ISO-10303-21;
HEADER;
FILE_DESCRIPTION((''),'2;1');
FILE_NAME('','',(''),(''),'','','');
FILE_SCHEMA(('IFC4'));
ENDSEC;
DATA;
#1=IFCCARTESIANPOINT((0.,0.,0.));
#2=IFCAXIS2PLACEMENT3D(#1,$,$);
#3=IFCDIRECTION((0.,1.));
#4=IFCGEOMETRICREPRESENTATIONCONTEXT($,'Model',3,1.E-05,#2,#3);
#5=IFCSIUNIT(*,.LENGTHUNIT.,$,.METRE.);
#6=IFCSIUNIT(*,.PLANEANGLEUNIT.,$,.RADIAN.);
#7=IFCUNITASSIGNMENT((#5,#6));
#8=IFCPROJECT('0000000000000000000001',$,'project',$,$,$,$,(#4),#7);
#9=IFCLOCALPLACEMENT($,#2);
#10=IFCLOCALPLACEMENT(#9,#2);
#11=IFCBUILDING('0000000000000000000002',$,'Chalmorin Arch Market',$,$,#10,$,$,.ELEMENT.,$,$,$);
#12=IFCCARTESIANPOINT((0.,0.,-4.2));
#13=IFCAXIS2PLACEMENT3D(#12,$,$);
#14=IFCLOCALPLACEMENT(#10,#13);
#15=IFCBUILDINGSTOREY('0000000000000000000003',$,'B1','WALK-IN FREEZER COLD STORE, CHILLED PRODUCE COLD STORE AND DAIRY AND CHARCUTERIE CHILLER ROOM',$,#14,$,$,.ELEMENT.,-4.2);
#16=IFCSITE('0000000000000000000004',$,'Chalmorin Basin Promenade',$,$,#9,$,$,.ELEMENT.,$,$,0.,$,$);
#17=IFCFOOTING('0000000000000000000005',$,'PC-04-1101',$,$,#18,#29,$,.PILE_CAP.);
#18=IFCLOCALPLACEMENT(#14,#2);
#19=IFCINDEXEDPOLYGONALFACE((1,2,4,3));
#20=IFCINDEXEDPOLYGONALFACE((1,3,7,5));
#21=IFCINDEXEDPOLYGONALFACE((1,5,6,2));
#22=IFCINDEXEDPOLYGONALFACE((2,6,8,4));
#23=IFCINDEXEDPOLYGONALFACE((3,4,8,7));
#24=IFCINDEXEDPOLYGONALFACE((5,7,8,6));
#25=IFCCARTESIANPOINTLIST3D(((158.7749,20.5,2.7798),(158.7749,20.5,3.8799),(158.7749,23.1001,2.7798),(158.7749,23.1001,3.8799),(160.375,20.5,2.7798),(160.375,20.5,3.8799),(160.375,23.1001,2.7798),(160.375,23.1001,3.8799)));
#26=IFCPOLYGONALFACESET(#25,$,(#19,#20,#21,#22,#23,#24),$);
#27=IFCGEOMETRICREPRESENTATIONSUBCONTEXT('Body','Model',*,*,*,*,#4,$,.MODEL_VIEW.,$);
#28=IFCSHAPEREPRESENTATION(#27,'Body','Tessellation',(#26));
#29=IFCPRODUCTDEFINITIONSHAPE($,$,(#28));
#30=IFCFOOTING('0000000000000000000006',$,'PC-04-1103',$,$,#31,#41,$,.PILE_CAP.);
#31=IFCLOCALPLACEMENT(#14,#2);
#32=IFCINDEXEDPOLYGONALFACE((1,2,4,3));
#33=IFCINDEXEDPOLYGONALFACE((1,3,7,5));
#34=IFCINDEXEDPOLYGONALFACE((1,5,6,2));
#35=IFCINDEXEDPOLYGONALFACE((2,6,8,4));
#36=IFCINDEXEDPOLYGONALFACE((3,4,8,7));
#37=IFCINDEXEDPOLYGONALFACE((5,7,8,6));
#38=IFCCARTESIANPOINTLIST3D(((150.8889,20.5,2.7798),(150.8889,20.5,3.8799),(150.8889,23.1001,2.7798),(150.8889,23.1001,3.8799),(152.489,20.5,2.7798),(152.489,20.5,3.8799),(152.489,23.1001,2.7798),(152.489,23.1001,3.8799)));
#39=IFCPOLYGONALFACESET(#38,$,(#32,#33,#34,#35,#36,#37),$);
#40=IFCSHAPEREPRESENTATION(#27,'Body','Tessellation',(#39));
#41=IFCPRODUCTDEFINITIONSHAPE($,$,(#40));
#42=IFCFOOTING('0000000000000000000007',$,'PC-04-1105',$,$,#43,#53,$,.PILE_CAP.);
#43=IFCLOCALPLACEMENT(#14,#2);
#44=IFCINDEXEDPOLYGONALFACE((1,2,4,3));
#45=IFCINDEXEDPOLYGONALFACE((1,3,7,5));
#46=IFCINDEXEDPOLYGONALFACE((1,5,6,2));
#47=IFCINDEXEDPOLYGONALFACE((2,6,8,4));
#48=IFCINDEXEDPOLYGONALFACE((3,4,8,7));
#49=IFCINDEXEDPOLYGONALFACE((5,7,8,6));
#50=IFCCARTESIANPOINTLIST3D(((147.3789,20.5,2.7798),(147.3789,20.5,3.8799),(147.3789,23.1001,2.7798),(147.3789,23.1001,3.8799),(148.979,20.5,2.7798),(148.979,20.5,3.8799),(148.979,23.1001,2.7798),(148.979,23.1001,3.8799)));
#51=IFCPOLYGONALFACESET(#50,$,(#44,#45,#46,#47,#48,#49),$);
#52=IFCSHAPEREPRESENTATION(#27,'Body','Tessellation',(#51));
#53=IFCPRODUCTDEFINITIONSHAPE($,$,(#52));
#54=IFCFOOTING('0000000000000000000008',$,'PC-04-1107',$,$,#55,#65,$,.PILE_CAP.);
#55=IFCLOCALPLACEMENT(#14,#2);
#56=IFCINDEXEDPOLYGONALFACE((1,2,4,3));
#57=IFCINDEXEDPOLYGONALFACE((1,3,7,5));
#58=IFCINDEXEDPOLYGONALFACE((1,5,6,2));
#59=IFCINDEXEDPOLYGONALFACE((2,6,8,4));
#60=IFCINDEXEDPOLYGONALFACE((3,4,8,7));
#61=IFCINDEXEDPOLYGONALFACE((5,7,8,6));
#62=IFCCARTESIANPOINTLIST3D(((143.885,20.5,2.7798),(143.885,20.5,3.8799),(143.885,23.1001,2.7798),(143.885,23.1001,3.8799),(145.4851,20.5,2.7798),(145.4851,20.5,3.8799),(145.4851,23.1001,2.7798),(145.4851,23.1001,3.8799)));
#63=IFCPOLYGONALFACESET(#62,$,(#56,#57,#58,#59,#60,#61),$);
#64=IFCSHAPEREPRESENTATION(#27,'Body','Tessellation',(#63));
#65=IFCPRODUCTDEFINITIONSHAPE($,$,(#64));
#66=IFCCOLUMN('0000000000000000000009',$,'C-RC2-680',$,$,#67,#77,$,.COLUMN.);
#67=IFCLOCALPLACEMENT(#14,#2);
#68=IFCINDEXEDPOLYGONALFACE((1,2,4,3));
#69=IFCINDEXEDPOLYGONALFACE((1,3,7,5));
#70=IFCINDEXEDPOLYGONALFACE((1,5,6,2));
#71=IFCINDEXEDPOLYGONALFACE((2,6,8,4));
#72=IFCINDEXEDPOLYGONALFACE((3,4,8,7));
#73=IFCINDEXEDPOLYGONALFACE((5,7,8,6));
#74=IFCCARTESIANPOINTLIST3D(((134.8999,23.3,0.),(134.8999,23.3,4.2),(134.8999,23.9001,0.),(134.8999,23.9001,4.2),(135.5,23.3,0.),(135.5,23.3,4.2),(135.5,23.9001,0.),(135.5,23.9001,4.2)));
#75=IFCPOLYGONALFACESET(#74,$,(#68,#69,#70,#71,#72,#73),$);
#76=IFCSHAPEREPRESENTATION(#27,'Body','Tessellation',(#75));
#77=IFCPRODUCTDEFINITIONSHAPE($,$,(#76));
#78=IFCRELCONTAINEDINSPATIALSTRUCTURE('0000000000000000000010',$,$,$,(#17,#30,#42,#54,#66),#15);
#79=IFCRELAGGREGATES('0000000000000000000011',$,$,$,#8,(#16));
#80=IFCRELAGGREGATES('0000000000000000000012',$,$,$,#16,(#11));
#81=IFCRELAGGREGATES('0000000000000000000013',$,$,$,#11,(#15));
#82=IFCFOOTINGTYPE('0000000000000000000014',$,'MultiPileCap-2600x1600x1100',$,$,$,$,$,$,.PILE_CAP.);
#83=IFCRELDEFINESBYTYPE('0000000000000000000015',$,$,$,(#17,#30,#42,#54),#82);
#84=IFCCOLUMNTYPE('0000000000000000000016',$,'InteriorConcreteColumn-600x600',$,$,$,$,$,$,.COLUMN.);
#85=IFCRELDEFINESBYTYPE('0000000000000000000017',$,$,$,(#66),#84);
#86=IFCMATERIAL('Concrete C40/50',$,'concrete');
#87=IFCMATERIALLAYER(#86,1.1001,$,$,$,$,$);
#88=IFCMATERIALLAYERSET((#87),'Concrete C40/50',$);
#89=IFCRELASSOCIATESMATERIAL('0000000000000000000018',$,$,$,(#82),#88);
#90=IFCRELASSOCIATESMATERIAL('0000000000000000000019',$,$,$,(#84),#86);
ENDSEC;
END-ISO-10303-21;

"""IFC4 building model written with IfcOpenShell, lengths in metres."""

from ifc_helpers import new_model, si_unit, direction, frame, origin, origin_2d, place, context, subcontext, project, spatial, rectangle, extrude, material, layer, layer_set, material_profile, profile_set, type_object, element, save


model = new_model("IFC4")

# Units and contexts
model_context = context("Model", 3, precision=1e-05, world=origin(), true_north=direction((0.0, 1.0)))
body_context = subcontext(model_context, "Body", "Model", "MODEL_VIEW")
ifc_project = project(units=[si_unit("LENGTHUNIT", "METRE"), si_unit("PLANEANGLEUNIT", "RADIAN")], contexts=[model_context])

# Site, building, storey
site_placement = place(None, origin())
site = spatial("IfcSite", under=ifc_project, at=site_placement, Name="Chalmorin Basin Promenade", CompositionType="ELEMENT", RefElevation=0.0)
building_placement = place(site_placement, origin())
building = spatial("IfcBuilding", under=site, at=building_placement, Name="Chalmorin Arch Market", CompositionType="ELEMENT")
storey_placement = place(building_placement, frame((0.0, 0.0, -4.2)))
storey = spatial("IfcBuildingStorey", under=building, at=storey_placement, Name="B1", Description="WALK-IN FREEZER COLD STORE, CHILLED PRODUCE COLD STORE AND DAIRY AND CHARCUTERIE CHILLER ROOM", CompositionType="ELEMENT", Elevation=-4.2)

# Footings
ifc_material_1 = material(Name="Concrete C40/50", Category="concrete")
ifc_layer_1 = layer(ifc_material_1, 1.1001)
ifc_layer_set_1 = layer_set([ifc_layer_1], Name="Concrete C40/50")
footing_type_1 = type_object("IfcFootingType", Name="MultiPileCap-2600x1600x1100", PredefinedType="PILE_CAP", material=ifc_layer_set_1)
for number, where, z_axis, x_axis, name in (
    (1, (159.575, 21.8, 2.7798), (0.0, 0.0, 1.0), (0.0, 1.0, 0.0), "PC-04-1101"),
    (2, (151.689, 21.8, 2.7798), (0.0, 0.0, 1.0), (0.0, 1.0, 0.0), "PC-04-1103"),
    (3, (148.179, 21.8, 2.7798), (0.0, 0.0, 1.0), (0.0, 1.0, 0.0), "PC-04-1105"),
    (4, (144.6851, 21.8, 2.7798), (0.0, 0.0, 1.0), (0.0, 1.0, 0.0), "PC-04-1107"),
):
    element("IfcFooting", number, at=place(storey_placement, frame(where, z_axis=z_axis, x_axis=x_axis)), inside=storey, type_object=footing_type_1, Name=name, PredefinedType="PILE_CAP", context=body_context, shape_type="SweptSolid", body=[
        extrude(rectangle(XDim=2.6001, YDim=1.6001, at=origin_2d()), origin(), (0.0, 0.0, 1.0), 1.1001),
    ])

# Column
ifc_material_profile_1 = material_profile(ifc_material_1, rectangle(XDim=0.6001, YDim=0.6001, at=origin_2d()), Name="RC600X600")
ifc_profile_set_1 = profile_set([ifc_material_profile_1], Name="Concrete C40/50")
column_type = type_object("IfcColumnType", Name="InteriorConcreteColumn-600x600", PredefinedType="COLUMN", material=ifc_profile_set_1)
column_placement = place(storey_placement, frame((135.2, 23.6001, 0.0), z_axis=(0.0, 0.0, 1.0), x_axis=(1.0, 0.0, 0.0)))
element("IfcColumn", 5, at=column_placement, inside=storey, type_object=column_type, Name="C-RC2-680", PredefinedType="COLUMN", context=body_context, shape_type="SweptSolid", body=[
    extrude(rectangle(XDim=0.6001, YDim=0.6001, at=origin_2d()), origin(), (0.0, 0.0, 1.0), 4.2),
])

save(model, "model.ifc")
